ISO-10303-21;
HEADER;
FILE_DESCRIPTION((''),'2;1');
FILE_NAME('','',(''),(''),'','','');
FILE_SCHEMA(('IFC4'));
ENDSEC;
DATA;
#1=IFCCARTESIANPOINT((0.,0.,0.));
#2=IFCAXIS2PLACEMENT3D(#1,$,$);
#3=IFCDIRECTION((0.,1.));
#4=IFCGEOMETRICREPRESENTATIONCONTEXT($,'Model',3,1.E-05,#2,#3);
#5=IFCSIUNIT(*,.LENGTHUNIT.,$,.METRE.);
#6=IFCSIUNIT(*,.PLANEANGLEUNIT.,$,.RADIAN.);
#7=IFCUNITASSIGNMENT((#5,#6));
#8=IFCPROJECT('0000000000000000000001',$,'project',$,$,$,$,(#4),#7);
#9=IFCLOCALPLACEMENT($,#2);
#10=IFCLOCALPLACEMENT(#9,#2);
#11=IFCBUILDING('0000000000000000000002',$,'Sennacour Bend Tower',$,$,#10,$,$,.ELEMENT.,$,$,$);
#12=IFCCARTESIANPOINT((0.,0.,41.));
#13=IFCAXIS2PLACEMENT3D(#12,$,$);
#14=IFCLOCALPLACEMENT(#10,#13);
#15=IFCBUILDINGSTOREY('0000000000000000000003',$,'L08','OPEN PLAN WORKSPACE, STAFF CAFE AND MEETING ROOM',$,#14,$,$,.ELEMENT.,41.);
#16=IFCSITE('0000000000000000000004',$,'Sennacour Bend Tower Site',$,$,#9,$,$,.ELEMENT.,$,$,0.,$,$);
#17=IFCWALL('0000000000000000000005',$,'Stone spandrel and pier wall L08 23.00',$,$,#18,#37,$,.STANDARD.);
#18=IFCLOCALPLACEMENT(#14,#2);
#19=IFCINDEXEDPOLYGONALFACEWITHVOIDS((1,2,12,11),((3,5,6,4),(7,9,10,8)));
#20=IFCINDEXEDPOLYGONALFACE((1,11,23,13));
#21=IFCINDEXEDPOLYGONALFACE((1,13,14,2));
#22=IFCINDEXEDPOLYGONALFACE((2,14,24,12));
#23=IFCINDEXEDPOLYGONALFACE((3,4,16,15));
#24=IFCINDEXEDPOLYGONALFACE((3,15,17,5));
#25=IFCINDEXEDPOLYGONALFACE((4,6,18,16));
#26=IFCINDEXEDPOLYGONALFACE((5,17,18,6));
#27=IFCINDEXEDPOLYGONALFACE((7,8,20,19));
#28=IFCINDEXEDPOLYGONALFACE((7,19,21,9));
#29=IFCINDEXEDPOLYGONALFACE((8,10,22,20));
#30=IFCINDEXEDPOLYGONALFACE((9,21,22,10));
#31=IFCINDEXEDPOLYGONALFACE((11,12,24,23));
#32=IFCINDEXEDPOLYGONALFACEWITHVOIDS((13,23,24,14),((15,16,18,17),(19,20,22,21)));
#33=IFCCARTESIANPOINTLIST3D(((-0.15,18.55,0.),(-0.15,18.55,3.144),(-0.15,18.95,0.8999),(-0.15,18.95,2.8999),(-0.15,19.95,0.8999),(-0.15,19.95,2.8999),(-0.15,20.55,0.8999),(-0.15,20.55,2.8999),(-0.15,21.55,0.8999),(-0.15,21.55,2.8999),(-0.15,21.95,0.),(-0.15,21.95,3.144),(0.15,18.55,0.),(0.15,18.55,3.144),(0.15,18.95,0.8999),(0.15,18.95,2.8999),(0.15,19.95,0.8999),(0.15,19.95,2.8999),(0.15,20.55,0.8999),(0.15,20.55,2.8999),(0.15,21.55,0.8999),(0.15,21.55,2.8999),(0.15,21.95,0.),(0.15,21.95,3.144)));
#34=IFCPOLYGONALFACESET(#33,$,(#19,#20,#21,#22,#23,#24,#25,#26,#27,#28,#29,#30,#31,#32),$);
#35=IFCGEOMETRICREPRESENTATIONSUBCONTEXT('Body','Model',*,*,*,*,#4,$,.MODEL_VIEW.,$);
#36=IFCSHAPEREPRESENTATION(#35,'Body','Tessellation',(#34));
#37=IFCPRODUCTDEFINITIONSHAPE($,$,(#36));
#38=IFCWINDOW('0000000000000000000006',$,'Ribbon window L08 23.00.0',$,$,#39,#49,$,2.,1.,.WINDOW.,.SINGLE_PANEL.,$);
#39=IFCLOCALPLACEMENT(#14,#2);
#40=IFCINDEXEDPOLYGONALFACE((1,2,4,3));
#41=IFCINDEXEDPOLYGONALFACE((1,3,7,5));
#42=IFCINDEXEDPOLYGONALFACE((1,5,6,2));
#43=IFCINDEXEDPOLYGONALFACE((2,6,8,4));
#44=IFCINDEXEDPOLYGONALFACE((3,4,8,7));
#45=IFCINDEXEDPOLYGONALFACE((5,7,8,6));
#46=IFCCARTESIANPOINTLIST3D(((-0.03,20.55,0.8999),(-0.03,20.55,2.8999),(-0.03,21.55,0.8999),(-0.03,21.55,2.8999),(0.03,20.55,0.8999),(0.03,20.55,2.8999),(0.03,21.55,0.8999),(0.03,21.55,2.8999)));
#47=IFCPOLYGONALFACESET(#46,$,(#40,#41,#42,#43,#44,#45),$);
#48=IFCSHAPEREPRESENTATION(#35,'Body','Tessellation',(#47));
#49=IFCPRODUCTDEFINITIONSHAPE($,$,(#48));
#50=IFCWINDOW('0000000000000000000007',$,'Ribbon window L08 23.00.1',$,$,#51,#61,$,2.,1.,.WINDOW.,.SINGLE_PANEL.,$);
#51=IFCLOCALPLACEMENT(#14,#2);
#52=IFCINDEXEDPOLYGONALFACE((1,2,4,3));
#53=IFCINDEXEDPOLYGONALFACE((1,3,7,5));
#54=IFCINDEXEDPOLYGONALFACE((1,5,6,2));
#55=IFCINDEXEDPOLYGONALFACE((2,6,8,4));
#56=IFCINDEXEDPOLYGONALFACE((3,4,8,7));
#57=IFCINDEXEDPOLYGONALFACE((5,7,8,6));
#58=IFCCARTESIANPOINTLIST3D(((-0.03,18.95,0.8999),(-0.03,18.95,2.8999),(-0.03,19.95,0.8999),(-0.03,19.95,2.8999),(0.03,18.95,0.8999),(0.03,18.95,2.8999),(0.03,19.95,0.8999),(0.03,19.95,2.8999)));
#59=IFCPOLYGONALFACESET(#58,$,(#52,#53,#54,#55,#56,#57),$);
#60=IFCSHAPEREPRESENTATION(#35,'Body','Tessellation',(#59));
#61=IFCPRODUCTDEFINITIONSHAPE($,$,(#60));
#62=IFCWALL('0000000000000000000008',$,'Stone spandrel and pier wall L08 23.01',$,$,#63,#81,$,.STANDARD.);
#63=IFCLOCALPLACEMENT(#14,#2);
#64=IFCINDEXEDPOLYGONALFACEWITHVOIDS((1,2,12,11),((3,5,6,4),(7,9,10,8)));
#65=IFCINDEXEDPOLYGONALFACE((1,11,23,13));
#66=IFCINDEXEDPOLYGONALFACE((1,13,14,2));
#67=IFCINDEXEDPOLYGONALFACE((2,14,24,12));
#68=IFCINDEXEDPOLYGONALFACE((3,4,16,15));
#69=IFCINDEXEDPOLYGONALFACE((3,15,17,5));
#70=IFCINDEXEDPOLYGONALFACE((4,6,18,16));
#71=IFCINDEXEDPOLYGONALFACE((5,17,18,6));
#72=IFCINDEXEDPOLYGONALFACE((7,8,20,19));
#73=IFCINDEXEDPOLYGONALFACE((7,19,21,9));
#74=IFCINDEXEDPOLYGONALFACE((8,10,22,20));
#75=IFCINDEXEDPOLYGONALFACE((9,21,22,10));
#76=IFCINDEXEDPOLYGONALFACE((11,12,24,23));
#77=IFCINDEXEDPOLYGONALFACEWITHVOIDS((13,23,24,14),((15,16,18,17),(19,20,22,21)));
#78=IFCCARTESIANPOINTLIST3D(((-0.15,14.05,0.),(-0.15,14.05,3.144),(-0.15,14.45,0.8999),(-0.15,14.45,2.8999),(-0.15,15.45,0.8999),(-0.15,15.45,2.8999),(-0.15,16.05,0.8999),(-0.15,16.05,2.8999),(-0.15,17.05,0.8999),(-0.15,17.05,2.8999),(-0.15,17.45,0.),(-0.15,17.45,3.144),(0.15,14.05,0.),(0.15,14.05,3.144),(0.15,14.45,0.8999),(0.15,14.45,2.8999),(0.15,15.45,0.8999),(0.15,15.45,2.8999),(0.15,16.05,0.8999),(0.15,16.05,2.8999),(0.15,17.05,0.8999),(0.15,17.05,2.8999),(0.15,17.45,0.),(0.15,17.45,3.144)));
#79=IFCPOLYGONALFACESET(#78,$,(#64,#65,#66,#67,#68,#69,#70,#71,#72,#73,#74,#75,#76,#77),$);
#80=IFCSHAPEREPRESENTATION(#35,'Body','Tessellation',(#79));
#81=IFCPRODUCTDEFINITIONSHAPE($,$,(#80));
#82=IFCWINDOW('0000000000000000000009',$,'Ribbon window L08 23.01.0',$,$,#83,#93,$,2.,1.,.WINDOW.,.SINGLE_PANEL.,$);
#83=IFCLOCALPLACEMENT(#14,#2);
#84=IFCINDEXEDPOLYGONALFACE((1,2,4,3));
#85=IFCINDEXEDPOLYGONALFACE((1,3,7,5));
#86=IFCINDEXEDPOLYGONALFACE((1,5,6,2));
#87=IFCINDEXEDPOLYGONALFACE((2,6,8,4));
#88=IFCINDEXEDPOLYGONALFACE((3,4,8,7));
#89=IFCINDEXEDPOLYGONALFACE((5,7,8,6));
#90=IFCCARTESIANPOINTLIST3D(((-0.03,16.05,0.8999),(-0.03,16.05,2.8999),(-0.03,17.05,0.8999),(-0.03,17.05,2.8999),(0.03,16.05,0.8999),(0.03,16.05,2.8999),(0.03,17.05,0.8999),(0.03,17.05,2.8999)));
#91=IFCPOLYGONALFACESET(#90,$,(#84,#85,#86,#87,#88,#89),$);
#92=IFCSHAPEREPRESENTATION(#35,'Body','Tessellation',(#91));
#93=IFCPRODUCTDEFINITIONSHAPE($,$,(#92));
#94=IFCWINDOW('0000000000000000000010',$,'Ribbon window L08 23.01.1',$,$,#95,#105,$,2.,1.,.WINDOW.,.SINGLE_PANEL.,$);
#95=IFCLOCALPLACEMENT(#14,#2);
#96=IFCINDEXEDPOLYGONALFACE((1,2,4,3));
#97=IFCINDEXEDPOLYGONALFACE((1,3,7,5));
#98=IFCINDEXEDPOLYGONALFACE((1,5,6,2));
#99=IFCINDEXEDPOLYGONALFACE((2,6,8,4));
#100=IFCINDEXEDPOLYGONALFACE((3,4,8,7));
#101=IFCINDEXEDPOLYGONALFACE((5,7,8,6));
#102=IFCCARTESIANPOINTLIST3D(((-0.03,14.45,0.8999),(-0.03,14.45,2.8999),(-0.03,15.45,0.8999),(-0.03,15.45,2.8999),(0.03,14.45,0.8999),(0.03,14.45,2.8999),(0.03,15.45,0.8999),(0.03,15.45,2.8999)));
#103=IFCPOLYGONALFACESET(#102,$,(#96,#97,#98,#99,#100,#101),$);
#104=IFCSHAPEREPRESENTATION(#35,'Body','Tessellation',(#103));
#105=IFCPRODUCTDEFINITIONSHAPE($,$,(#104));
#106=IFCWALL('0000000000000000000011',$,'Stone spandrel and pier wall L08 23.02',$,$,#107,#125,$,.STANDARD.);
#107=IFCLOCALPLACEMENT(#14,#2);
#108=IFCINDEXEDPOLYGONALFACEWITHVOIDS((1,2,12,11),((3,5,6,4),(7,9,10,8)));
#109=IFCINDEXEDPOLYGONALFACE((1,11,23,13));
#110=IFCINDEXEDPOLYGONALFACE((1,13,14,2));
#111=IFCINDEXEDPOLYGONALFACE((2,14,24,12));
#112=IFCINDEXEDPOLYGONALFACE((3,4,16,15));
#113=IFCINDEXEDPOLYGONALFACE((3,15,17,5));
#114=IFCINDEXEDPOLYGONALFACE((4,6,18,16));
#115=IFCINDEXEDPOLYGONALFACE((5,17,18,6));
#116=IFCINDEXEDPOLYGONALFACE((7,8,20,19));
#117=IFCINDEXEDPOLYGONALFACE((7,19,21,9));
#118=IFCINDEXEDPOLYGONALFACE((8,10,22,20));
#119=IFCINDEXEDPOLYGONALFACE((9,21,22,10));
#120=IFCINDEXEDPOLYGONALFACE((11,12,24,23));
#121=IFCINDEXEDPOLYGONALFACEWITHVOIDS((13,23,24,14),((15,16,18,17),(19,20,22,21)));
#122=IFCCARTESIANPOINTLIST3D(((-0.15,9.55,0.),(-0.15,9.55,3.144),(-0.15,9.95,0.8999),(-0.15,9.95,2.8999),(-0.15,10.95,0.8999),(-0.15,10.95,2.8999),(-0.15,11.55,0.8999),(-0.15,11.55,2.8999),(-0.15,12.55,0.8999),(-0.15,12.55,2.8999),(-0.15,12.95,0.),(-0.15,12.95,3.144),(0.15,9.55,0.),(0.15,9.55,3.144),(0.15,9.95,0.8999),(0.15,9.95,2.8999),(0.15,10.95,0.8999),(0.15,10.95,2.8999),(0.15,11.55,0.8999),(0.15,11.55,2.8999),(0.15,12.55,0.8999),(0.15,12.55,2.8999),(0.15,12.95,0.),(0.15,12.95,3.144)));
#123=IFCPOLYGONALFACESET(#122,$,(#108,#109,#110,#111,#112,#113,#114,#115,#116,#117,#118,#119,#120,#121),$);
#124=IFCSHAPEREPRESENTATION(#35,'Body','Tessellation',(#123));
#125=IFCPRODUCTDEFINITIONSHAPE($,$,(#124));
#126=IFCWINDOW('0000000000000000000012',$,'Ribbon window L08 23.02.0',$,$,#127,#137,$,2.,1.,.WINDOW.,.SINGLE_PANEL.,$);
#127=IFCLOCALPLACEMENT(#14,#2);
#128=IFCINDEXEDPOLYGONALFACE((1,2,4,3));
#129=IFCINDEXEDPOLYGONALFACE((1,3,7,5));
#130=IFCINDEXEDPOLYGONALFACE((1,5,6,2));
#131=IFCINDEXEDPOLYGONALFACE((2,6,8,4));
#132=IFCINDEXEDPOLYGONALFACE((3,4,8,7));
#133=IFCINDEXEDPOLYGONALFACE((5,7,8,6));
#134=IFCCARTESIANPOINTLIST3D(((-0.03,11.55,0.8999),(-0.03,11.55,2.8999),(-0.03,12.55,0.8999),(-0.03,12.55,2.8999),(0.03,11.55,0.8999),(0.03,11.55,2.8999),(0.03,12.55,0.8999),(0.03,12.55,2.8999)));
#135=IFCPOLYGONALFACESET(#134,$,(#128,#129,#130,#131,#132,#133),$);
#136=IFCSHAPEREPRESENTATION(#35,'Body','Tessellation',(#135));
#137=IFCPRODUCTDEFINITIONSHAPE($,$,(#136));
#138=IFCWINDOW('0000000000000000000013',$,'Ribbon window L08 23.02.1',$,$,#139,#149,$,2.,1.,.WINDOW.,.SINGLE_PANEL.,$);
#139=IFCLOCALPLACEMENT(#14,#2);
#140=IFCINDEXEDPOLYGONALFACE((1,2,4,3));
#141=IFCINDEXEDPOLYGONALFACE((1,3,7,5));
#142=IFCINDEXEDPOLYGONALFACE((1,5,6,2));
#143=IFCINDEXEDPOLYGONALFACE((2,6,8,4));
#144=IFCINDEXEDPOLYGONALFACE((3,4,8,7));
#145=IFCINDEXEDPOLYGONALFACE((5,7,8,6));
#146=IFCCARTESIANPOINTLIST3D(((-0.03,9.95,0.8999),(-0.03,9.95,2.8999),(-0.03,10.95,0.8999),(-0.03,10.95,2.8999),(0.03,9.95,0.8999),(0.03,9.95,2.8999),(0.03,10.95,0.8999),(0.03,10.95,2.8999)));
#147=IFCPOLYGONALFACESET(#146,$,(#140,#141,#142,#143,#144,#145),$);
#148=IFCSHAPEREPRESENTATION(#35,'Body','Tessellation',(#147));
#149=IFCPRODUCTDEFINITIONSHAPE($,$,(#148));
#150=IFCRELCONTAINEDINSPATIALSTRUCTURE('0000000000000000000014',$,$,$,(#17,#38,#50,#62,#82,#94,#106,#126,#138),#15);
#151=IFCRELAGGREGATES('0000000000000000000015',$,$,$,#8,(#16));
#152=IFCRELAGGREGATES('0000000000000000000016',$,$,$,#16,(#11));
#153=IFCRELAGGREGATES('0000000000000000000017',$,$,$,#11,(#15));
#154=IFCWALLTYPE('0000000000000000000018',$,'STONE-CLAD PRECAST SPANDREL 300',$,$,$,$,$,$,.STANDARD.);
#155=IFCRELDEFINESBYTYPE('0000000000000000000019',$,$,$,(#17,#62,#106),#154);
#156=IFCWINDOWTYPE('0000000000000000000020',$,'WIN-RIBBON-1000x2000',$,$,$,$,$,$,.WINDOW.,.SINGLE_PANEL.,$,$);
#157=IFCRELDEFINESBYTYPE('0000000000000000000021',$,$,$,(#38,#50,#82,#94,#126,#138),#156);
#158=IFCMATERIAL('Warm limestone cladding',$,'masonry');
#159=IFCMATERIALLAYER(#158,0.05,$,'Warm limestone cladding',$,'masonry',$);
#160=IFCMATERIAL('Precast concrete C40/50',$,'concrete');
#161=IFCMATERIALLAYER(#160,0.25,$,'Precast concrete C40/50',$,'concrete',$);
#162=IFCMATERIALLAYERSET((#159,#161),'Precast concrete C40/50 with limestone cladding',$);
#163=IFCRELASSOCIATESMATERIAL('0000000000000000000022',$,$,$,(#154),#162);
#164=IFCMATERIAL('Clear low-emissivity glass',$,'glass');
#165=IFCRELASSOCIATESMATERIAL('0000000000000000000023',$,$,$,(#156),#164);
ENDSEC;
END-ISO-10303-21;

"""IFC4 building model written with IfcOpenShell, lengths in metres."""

from ifc_helpers import new_model, si_unit, direction, frame, frame_2d, origin, place, context, subcontext, project, spatial, rectangle, extrude, material, layer, layer_set, type_object, element, fill, save


model = new_model("IFC4")

# Units and contexts
model_context = context("Model", 3, precision=1e-05, world=origin(), true_north=direction((0.0, 1.0)))
body_context = subcontext(model_context, "Body", "Model", "MODEL_VIEW")
ifc_project = project(units=[si_unit("LENGTHUNIT", "METRE"), si_unit("PLANEANGLEUNIT", "RADIAN")], contexts=[model_context])

# Site, building, storey
site_placement = place(None, origin())
site = spatial("IfcSite", under=ifc_project, at=site_placement, Name="Sennacour Bend Tower Site", CompositionType="ELEMENT", RefElevation=0.0)
building_placement = place(site_placement, origin())
building = spatial("IfcBuilding", under=site, at=building_placement, Name="Sennacour Bend Tower", CompositionType="ELEMENT")
storey_placement = place(building_placement, frame((0.0, 0.0, 41.0)))
storey = spatial("IfcBuildingStorey", under=building, at=storey_placement, Name="L08", Description="OPEN PLAN WORKSPACE, STAFF CAFE AND MEETING ROOM", CompositionType="ELEMENT", Elevation=41.0)

# Walls, openings, windows
ifc_material_1 = material(Name="Warm limestone cladding", Category="masonry")
ifc_layer_1 = layer(ifc_material_1, 0.05, Name="Warm limestone cladding", Category="masonry")
ifc_material_2 = material(Name="Precast concrete C40/50", Category="concrete")
ifc_layer_2 = layer(ifc_material_2, 0.25, Name="Precast concrete C40/50", Category="concrete")
ifc_layer_set = layer_set([ifc_layer_1, ifc_layer_2], Name="Precast concrete C40/50 with limestone cladding")
wall_type = type_object("IfcWallType", Name="STONE-CLAD PRECAST SPANDREL 300", PredefinedType="STANDARD", material=ifc_layer_set)
wall_1_placement = place(storey_placement, frame((0.0, 21.95, 0.0), z_axis=(0.0, 0.0, 1.0), x_axis=(0.0, -1.0, 0.0)))
wall_1 = element("IfcWall", 1, at=wall_1_placement, inside=storey, type_object=wall_type, Name="Stone spandrel and pier wall L08 23.00", PredefinedType="STANDARD", context=body_context, shape_type="SweptSolid", body=[
    extrude(rectangle(XDim=3.3999, YDim=0.3, at=frame_2d((1.7, 0.0))), origin(), (0.0, 0.0, 1.0), 3.144),
])
opening_1_placement = place(wall_1_placement, frame((0.3999, 0.0, 0.8999)))
opening_1 = element("IfcOpeningElement", 2, at=opening_1_placement, cuts=wall_1, PredefinedType="OPENING", context=body_context, shape_type="SweptSolid", body=[
    extrude(rectangle(XDim=1.0, YDim=2.0, at=frame_2d((0.5, 1.0))), frame((0.0, 0.1602, 0.0), z_axis=(0.0, -1.0, 0.0), x_axis=(1.0, 0.0, 0.0)), (0.0, 0.0, 1.0), 0.3201),
])
opening_2_placement = place(wall_1_placement, frame((2.0, 0.0, 0.8999)))
opening_2 = element("IfcOpeningElement", 3, at=opening_2_placement, cuts=wall_1, PredefinedType="OPENING", context=body_context, shape_type="SweptSolid", body=[
    extrude(rectangle(XDim=1.0, YDim=2.0, at=frame_2d((0.5, 1.0))), frame((0.0, 0.1602, 0.0), z_axis=(0.0, -1.0, 0.0), x_axis=(1.0, 0.0, 0.0)), (0.0, 0.0, 1.0), 0.3201),
])
ifc_material_3 = material(Name="Clear low-emissivity glass", Category="glass")
window_type = type_object("IfcWindowType", Name="WIN-RIBBON-1000x2000", PartitioningType="SINGLE_PANEL", PredefinedType="WINDOW", material=ifc_material_3)
window_1_placement = place(opening_1_placement, origin())
window_1 = element("IfcWindow", 4, at=window_1_placement, inside=storey, type_object=window_type, Name="Ribbon window L08 23.00.0", OverallHeight=2.0, OverallWidth=1.0, PartitioningType="SINGLE_PANEL", PredefinedType="WINDOW", context=body_context, shape_type="SweptSolid", body=[
    extrude(rectangle(XDim=1.0, YDim=2.0, at=frame_2d((0.5, 1.0))), frame((0.0, 0.03, 0.0), z_axis=(0.0, -1.0, 0.0), x_axis=(1.0, 0.0, 0.0)), (0.0, 0.0, 1.0), 0.0601),
])
fill(opening_1, window_1)
window_2_placement = place(opening_2_placement, origin())
window_2 = element("IfcWindow", 5, at=window_2_placement, inside=storey, type_object=window_type, Name="Ribbon window L08 23.00.1", OverallHeight=2.0, OverallWidth=1.0, PartitioningType="SINGLE_PANEL", PredefinedType="WINDOW", context=body_context, shape_type="SweptSolid", body=[
    extrude(rectangle(XDim=1.0, YDim=2.0, at=frame_2d((0.5, 1.0))), frame((0.0, 0.03, 0.0), z_axis=(0.0, -1.0, 0.0), x_axis=(1.0, 0.0, 0.0)), (0.0, 0.0, 1.0), 0.0601),
])
fill(opening_2, window_2)
wall_2_placement = place(storey_placement, frame((0.0, 17.45, 0.0), z_axis=(0.0, 0.0, 1.0), x_axis=(0.0, -1.0, 0.0)))
wall_2 = element("IfcWall", 6, at=wall_2_placement, inside=storey, type_object=wall_type, Name="Stone spandrel and pier wall L08 23.01", PredefinedType="STANDARD", context=body_context, shape_type="SweptSolid", body=[
    extrude(rectangle(XDim=3.3999, YDim=0.3, at=frame_2d((1.7, 0.0))), origin(), (0.0, 0.0, 1.0), 3.144),
])
opening_3_placement = place(wall_2_placement, frame((0.3999, 0.0, 0.8999)))
opening_3 = element("IfcOpeningElement", 7, at=opening_3_placement, cuts=wall_2, PredefinedType="OPENING", context=body_context, shape_type="SweptSolid", body=[
    extrude(rectangle(XDim=1.0, YDim=2.0, at=frame_2d((0.5, 1.0))), frame((0.0, 0.1602, 0.0), z_axis=(0.0, -1.0, 0.0), x_axis=(1.0, 0.0, 0.0)), (0.0, 0.0, 1.0), 0.3201),
])
opening_4_placement = place(wall_2_placement, frame((2.0, 0.0, 0.8999)))
opening_4 = element("IfcOpeningElement", 8, at=opening_4_placement, cuts=wall_2, PredefinedType="OPENING", context=body_context, shape_type="SweptSolid", body=[
    extrude(rectangle(XDim=1.0, YDim=2.0, at=frame_2d((0.5, 1.0))), frame((0.0, 0.1602, 0.0), z_axis=(0.0, -1.0, 0.0), x_axis=(1.0, 0.0, 0.0)), (0.0, 0.0, 1.0), 0.3201),
])
window_3_placement = place(opening_3_placement, origin())
window_3 = element("IfcWindow", 9, at=window_3_placement, inside=storey, type_object=window_type, Name="Ribbon window L08 23.01.0", OverallHeight=2.0, OverallWidth=1.0, PartitioningType="SINGLE_PANEL", PredefinedType="WINDOW", context=body_context, shape_type="SweptSolid", body=[
    extrude(rectangle(XDim=1.0, YDim=2.0, at=frame_2d((0.5, 1.0))), frame((0.0, 0.03, 0.0), z_axis=(0.0, -1.0, 0.0), x_axis=(1.0, 0.0, 0.0)), (0.0, 0.0, 1.0), 0.0601),
])
fill(opening_3, window_3)
window_4_placement = place(opening_4_placement, origin())
window_4 = element("IfcWindow", 10, at=window_4_placement, inside=storey, type_object=window_type, Name="Ribbon window L08 23.01.1", OverallHeight=2.0, OverallWidth=1.0, PartitioningType="SINGLE_PANEL", PredefinedType="WINDOW", context=body_context, shape_type="SweptSolid", body=[
    extrude(rectangle(XDim=1.0, YDim=2.0, at=frame_2d((0.5, 1.0))), frame((0.0, 0.03, 0.0), z_axis=(0.0, -1.0, 0.0), x_axis=(1.0, 0.0, 0.0)), (0.0, 0.0, 1.0), 0.0601),
])
fill(opening_4, window_4)
wall_3_placement = place(storey_placement, frame((0.0, 12.95, 0.0), z_axis=(0.0, 0.0, 1.0), x_axis=(0.0, -1.0, 0.0)))
wall_3 = element("IfcWall", 11, at=wall_3_placement, inside=storey, type_object=wall_type, Name="Stone spandrel and pier wall L08 23.02", PredefinedType="STANDARD", context=body_context, shape_type="SweptSolid", body=[
    extrude(rectangle(XDim=3.3999, YDim=0.3, at=frame_2d((1.7, 0.0))), origin(), (0.0, 0.0, 1.0), 3.144),
])
opening_5_placement = place(wall_3_placement, frame((0.3999, 0.0, 0.8999)))
opening_5 = element("IfcOpeningElement", 12, at=opening_5_placement, cuts=wall_3, PredefinedType="OPENING", context=body_context, shape_type="SweptSolid", body=[
    extrude(rectangle(XDim=1.0, YDim=2.0, at=frame_2d((0.5, 1.0))), frame((0.0, 0.1602, 0.0), z_axis=(0.0, -1.0, 0.0), x_axis=(1.0, 0.0, 0.0)), (0.0, 0.0, 1.0), 0.3201),
])
opening_6_placement = place(wall_3_placement, frame((2.0, 0.0, 0.8999)))
opening_6 = element("IfcOpeningElement", 13, at=opening_6_placement, cuts=wall_3, PredefinedType="OPENING", context=body_context, shape_type="SweptSolid", body=[
    extrude(rectangle(XDim=1.0, YDim=2.0, at=frame_2d((0.5, 1.0))), frame((0.0, 0.1602, 0.0), z_axis=(0.0, -1.0, 0.0), x_axis=(1.0, 0.0, 0.0)), (0.0, 0.0, 1.0), 0.3201),
])
window_5_placement = place(opening_5_placement, origin())
window_5 = element("IfcWindow", 14, at=window_5_placement, inside=storey, type_object=window_type, Name="Ribbon window L08 23.02.0", OverallHeight=2.0, OverallWidth=1.0, PartitioningType="SINGLE_PANEL", PredefinedType="WINDOW", context=body_context, shape_type="SweptSolid", body=[
    extrude(rectangle(XDim=1.0, YDim=2.0, at=frame_2d((0.5, 1.0))), frame((0.0, 0.03, 0.0), z_axis=(0.0, -1.0, 0.0), x_axis=(1.0, 0.0, 0.0)), (0.0, 0.0, 1.0), 0.0601),
])
fill(opening_5, window_5)
window_6_placement = place(opening_6_placement, origin())
window_6 = element("IfcWindow", 15, at=window_6_placement, inside=storey, type_object=window_type, Name="Ribbon window L08 23.02.1", OverallHeight=2.0, OverallWidth=1.0, PartitioningType="SINGLE_PANEL", PredefinedType="WINDOW", context=body_context, shape_type="SweptSolid", body=[
    extrude(rectangle(XDim=1.0, YDim=2.0, at=frame_2d((0.5, 1.0))), frame((0.0, 0.03, 0.0), z_axis=(0.0, -1.0, 0.0), x_axis=(1.0, 0.0, 0.0)), (0.0, 0.0, 1.0), 0.0601),
])
fill(opening_6, window_6)

save(model, "model.ifc")
